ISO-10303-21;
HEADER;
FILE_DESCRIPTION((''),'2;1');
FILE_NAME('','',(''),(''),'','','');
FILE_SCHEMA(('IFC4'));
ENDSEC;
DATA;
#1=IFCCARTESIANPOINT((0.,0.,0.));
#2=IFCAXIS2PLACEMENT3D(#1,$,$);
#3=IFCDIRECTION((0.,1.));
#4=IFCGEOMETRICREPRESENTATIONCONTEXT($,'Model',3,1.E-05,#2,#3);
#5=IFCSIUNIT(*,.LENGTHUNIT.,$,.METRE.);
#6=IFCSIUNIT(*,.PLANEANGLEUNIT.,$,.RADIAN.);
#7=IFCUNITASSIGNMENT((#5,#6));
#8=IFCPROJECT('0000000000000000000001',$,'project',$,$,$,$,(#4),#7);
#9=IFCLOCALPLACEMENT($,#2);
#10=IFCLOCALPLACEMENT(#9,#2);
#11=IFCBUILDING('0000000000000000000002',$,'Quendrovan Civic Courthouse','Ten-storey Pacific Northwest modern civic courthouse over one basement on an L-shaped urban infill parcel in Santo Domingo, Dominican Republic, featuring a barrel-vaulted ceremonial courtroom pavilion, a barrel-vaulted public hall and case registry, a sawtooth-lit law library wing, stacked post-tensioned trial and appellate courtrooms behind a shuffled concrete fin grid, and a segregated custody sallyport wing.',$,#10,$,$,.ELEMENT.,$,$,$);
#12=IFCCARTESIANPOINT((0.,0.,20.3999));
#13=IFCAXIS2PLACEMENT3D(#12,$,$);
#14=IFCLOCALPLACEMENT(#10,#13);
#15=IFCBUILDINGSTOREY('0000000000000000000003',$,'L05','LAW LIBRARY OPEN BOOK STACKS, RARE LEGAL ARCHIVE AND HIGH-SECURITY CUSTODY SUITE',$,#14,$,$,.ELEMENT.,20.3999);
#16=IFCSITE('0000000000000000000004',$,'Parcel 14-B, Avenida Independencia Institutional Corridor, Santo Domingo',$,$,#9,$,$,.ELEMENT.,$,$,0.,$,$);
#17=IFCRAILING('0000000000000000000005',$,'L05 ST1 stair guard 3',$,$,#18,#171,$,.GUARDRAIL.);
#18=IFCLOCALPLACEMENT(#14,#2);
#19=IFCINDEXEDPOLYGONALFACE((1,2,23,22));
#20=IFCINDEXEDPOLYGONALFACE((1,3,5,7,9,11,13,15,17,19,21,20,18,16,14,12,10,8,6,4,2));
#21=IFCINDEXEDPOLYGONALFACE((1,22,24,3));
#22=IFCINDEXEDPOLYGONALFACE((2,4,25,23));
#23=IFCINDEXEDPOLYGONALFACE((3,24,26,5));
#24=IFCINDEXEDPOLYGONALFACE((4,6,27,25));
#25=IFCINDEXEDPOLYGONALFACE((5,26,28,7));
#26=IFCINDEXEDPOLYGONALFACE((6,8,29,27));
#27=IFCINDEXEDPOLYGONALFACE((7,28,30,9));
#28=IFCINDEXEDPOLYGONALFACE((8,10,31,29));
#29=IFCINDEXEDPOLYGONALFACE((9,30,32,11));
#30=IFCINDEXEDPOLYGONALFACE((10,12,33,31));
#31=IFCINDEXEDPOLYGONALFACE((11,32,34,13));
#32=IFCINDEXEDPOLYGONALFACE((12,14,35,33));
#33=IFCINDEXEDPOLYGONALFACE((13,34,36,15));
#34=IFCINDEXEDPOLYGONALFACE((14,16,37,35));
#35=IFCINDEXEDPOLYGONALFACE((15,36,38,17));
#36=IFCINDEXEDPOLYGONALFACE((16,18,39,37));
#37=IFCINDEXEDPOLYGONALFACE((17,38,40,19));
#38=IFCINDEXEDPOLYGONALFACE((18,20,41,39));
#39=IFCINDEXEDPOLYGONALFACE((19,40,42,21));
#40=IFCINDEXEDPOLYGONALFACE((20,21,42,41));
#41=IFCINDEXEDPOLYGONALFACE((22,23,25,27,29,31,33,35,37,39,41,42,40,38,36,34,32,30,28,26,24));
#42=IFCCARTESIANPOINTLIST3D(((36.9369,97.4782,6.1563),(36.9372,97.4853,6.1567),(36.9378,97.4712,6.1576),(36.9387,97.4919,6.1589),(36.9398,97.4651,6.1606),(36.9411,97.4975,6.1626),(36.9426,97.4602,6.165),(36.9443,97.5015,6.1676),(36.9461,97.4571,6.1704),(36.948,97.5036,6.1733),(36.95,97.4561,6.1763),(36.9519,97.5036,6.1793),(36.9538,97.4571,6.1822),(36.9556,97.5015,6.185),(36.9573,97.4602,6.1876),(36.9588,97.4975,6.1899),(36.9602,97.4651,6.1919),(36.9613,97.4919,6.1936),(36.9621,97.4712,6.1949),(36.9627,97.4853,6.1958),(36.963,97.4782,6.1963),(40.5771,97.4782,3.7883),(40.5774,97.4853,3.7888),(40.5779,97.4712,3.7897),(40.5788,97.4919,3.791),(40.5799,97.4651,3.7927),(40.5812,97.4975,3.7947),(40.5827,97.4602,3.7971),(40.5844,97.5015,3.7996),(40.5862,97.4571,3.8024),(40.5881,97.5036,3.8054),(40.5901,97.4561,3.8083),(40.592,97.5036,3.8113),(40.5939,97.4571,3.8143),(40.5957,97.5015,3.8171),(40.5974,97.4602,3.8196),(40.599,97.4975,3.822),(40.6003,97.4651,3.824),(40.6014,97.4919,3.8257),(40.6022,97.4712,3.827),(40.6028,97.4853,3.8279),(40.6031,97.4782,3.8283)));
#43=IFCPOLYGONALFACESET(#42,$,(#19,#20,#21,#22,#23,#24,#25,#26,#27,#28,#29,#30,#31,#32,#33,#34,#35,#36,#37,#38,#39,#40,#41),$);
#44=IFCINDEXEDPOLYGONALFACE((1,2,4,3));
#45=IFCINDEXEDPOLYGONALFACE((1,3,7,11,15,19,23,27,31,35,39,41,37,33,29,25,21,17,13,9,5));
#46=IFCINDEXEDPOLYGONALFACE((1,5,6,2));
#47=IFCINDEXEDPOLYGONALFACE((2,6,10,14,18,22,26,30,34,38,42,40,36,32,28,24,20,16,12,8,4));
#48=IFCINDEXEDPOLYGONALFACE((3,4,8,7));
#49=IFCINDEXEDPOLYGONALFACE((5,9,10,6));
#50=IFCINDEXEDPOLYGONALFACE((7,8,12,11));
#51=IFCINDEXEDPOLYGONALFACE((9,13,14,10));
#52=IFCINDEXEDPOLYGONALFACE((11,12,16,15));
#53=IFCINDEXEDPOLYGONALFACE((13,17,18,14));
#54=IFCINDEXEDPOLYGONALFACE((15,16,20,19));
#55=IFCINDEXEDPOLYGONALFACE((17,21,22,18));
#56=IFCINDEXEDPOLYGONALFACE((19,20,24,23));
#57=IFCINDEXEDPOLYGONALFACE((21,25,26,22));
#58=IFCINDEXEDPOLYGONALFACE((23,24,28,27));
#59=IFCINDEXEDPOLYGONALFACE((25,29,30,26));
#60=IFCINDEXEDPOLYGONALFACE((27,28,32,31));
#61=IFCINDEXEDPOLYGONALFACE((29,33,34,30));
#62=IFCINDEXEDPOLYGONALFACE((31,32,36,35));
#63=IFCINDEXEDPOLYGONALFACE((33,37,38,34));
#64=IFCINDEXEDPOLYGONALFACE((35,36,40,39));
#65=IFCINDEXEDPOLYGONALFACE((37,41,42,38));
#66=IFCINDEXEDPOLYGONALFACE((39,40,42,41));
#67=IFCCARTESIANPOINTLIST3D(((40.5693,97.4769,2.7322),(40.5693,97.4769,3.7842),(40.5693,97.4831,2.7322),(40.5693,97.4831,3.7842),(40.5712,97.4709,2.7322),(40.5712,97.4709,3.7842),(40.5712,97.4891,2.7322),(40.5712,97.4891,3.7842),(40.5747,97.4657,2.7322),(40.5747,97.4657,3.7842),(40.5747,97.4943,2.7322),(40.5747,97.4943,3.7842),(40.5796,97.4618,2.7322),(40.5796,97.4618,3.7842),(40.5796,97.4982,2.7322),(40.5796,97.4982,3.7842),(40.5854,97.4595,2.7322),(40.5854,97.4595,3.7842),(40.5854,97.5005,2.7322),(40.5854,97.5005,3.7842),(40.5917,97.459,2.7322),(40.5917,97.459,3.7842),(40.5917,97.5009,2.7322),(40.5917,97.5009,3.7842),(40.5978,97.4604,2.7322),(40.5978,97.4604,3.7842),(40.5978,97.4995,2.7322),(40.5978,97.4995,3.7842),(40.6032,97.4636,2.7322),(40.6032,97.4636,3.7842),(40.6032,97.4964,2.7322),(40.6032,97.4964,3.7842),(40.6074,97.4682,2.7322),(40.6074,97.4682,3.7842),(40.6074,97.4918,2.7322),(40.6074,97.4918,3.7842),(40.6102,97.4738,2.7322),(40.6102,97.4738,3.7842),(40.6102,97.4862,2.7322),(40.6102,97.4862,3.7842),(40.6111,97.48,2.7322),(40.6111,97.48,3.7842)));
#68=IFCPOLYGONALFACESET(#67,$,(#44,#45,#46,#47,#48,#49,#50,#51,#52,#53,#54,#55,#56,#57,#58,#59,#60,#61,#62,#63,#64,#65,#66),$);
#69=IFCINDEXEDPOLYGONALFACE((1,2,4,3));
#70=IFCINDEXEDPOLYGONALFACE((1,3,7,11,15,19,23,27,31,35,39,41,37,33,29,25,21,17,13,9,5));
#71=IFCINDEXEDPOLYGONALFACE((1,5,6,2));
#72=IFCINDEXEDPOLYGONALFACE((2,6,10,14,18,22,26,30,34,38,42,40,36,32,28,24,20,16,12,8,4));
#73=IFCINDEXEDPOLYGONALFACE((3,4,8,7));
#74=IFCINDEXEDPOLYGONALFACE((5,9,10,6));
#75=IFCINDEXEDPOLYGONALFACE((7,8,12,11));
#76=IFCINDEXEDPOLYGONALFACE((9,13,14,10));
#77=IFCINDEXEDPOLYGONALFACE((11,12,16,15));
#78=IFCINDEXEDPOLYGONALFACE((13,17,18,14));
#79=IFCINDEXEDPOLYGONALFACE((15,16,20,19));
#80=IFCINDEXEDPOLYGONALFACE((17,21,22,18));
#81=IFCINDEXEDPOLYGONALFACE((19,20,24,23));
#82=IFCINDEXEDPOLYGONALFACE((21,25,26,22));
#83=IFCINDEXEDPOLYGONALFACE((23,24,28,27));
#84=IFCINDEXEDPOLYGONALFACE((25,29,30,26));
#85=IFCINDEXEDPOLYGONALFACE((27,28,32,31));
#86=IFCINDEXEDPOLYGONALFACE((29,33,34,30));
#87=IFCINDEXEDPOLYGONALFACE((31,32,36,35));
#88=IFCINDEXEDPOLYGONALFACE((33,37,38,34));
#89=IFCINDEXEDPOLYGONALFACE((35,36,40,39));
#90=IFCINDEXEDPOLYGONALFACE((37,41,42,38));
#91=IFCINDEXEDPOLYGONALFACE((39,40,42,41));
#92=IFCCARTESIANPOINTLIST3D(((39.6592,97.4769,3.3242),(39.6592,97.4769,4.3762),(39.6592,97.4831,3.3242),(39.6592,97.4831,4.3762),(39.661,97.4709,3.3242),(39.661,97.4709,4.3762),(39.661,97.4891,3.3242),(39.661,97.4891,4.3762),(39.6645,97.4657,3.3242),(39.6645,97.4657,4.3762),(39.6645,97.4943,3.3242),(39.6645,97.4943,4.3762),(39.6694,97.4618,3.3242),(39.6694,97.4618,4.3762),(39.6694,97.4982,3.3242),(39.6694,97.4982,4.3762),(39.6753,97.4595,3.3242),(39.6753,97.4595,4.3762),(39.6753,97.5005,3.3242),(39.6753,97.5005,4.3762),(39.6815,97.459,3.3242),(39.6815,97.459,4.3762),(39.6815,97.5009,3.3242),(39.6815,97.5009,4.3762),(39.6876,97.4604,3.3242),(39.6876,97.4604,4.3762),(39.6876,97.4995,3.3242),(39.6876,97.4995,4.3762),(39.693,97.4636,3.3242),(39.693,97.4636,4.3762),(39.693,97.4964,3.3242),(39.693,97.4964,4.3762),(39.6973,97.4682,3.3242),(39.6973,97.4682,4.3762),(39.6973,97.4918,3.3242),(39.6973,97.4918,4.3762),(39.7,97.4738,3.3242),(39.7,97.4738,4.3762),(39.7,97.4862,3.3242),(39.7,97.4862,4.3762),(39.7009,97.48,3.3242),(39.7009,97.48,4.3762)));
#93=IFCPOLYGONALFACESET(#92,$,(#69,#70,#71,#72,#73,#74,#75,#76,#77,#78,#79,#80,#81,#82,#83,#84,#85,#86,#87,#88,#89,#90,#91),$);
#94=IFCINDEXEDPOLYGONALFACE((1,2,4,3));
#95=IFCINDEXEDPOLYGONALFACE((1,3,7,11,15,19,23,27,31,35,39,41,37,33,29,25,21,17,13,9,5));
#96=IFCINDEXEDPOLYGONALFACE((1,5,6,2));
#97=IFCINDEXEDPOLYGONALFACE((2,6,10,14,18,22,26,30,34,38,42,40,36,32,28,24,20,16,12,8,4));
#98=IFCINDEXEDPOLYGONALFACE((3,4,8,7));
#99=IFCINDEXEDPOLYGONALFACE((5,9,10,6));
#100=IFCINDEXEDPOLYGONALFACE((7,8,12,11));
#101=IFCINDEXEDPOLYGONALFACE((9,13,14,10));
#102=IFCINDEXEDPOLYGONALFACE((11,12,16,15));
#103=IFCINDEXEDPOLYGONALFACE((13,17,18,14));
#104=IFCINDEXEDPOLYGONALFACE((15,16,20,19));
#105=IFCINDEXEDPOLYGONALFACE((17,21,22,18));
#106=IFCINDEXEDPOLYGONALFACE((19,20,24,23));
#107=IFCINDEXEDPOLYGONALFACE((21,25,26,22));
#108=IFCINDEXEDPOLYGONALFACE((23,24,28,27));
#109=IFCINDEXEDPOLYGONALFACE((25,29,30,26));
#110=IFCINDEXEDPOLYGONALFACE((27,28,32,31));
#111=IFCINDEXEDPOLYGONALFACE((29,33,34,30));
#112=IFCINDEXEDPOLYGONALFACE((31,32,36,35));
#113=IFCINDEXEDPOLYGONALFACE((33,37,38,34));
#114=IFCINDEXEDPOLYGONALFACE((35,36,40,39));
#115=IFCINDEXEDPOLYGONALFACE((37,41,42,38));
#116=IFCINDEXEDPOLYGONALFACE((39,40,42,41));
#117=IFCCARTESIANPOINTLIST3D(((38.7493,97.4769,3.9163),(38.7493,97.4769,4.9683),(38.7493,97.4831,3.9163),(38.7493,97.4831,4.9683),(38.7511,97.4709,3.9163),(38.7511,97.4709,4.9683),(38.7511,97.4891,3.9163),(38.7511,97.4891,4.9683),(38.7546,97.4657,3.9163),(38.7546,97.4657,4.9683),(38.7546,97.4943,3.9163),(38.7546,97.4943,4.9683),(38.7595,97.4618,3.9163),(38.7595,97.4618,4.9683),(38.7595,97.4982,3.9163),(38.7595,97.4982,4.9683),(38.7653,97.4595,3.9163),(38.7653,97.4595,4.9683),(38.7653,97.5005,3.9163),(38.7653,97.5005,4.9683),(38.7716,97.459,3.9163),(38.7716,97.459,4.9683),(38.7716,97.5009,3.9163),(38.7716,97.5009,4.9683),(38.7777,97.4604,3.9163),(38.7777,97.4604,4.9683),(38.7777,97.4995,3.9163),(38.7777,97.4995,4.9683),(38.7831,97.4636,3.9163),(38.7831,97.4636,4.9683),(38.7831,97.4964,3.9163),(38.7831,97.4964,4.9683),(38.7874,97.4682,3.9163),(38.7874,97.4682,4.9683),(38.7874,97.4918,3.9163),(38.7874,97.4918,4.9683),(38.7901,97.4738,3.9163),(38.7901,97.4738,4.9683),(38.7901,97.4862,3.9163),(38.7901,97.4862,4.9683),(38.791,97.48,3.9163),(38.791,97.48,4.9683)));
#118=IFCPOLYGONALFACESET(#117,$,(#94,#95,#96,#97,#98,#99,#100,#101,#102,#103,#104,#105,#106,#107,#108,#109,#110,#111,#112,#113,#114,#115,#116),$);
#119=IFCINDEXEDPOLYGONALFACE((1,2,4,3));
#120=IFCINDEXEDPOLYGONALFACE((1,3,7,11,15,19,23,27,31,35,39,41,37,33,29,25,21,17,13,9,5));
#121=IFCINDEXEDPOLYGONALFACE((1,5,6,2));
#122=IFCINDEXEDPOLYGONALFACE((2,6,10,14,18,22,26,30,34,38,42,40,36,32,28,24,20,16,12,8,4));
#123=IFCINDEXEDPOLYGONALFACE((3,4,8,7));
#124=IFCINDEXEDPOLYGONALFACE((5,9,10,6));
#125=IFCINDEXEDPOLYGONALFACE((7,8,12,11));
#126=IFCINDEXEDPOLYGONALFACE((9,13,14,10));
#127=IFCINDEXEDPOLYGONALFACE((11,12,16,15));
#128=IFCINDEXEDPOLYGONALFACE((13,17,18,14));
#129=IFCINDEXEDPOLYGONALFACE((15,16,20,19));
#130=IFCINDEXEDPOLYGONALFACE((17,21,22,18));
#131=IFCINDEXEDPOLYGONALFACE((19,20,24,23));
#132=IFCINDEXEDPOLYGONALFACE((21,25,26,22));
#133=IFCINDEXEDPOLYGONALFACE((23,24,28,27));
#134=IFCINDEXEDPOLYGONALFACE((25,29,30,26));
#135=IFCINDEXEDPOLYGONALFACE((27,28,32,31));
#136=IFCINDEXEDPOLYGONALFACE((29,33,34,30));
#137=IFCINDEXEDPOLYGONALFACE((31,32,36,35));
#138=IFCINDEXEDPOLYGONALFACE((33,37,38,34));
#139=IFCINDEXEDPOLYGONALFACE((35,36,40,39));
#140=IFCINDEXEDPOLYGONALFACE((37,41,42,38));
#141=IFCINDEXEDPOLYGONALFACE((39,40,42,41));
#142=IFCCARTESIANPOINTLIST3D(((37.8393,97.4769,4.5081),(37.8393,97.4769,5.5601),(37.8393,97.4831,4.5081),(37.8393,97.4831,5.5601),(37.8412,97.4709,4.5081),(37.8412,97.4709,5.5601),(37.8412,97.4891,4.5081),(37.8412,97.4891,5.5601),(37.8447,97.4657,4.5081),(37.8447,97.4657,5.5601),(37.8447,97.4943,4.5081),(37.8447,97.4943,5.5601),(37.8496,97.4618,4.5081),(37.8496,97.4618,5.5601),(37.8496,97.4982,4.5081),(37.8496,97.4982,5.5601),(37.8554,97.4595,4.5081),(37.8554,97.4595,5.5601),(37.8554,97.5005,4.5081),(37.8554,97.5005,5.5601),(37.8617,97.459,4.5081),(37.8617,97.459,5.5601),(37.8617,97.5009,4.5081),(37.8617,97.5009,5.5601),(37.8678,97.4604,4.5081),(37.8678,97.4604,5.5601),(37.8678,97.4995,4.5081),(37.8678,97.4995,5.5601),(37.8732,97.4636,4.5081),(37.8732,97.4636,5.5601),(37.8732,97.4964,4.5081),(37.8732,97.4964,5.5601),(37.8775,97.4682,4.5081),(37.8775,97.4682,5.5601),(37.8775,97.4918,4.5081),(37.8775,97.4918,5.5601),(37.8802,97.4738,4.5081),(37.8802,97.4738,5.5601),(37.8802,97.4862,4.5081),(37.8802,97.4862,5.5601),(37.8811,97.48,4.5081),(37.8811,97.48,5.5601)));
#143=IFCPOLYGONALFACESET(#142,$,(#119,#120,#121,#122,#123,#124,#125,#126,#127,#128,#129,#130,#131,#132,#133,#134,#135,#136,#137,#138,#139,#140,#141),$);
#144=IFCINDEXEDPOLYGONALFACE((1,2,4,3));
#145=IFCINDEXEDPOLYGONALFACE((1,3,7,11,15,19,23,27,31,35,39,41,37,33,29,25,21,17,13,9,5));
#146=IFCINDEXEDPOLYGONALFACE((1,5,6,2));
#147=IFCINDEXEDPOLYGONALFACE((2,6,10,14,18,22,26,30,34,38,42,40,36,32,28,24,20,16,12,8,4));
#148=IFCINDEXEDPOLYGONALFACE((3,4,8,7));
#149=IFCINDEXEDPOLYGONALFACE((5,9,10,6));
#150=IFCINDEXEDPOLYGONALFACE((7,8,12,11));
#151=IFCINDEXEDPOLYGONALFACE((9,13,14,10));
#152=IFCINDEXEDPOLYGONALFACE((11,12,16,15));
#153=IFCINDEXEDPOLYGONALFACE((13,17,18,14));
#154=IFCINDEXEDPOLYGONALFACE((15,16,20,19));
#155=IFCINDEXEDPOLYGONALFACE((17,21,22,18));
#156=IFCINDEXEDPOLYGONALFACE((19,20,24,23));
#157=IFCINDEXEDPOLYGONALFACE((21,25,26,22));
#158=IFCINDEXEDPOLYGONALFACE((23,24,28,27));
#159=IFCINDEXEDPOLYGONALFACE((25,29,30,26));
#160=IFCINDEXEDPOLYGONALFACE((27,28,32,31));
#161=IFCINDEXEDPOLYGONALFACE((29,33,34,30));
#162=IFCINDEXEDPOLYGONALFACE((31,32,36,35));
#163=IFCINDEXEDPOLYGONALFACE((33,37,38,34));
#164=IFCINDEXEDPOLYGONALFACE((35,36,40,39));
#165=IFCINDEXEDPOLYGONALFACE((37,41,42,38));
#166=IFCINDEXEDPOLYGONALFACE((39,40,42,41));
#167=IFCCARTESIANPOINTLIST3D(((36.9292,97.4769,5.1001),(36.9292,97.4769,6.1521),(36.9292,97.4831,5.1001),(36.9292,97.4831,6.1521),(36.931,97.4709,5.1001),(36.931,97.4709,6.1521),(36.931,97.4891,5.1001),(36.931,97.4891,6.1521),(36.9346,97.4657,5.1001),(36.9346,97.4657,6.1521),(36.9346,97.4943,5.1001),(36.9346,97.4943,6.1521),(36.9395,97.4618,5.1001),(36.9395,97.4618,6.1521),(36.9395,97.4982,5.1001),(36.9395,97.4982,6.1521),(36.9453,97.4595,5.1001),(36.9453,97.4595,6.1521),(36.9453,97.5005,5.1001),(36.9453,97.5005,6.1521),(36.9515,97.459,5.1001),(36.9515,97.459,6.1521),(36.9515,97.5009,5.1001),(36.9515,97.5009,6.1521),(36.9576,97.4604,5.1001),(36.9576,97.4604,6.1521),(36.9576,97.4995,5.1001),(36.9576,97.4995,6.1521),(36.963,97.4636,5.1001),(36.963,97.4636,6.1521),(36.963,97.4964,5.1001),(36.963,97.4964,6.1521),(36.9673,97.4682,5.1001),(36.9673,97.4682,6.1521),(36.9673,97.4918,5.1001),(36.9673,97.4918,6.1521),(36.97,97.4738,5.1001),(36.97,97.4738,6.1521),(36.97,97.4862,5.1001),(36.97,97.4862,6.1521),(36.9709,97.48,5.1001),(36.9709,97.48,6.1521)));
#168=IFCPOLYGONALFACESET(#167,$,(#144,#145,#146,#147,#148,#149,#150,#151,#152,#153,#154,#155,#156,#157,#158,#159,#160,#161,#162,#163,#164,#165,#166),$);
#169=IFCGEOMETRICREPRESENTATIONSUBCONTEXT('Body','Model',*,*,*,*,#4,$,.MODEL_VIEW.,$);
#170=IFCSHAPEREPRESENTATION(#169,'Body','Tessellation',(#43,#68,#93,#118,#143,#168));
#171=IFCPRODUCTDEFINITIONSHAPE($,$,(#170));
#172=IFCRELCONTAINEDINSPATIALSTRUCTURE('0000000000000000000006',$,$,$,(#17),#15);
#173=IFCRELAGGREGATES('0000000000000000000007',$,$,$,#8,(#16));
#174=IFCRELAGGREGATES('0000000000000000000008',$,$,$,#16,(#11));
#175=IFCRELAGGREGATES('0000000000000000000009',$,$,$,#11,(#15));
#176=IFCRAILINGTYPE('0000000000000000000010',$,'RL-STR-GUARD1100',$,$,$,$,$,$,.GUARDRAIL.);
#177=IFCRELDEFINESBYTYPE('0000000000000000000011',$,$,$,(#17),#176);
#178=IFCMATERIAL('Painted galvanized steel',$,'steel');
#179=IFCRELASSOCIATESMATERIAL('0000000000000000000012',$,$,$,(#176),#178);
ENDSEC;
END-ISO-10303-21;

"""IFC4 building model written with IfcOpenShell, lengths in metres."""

from ifc_helpers import new_model, si_unit, direction, frame, origin, origin_2d, place, context, subcontext, project, spatial, circle, extrude, material, type_object, element, save


model = new_model("IFC4")

# Units and contexts
model_context = context("Model", 3, precision=1e-05, world=origin(), true_north=direction((0.0, 1.0)))
body_context = subcontext(model_context, "Body", "Model", "MODEL_VIEW")
ifc_project = project(units=[si_unit("LENGTHUNIT", "METRE"), si_unit("PLANEANGLEUNIT", "RADIAN")], contexts=[model_context])

# Site, building, storey
site_placement = place(None, origin())
site = spatial("IfcSite", under=ifc_project, at=site_placement, Name="Parcel 14-B, Avenida Independencia Institutional Corridor, Santo Domingo", CompositionType="ELEMENT", RefElevation=0.0)
building_placement = place(site_placement, origin())
building = spatial("IfcBuilding", under=site, at=building_placement, Name="Quendrovan Civic Courthouse", Description="Ten-storey Pacific Northwest modern civic courthouse over one basement on an L-shaped urban infill parcel in Santo Domingo, Dominican Republic, featuring a barrel-vaulted ceremonial courtroom pavilion, a barrel-vaulted public hall and case registry, a sawtooth-lit law library wing, stacked post-tensioned trial and appellate courtrooms behind a shuffled concrete fin grid, and a segregated custody sallyport wing.", CompositionType="ELEMENT")
storey_placement = place(building_placement, frame((0.0, 0.0, 20.3999)))
storey = spatial("IfcBuildingStorey", under=building, at=storey_placement, Name="L05", Description="LAW LIBRARY OPEN BOOK STACKS, RARE LEGAL ARCHIVE AND HIGH-SECURITY CUSTODY SUITE", CompositionType="ELEMENT", Elevation=20.3999)

# Railing
ifc_material_1 = material(Name="Painted galvanized steel", Category="steel")
railing_type_1 = type_object("IfcRailingType", Name="RL-STR-GUARD1100", PredefinedType="GUARDRAIL", material=ifc_material_1)
railing_1_placement = place(storey_placement, frame((40.5901, 97.48, 2.7322)))
element("IfcRailing", 1, at=railing_1_placement, inside=storey, type_object=railing_type_1, Name="L05 ST1 stair guard 3", PredefinedType="GUARDRAIL", context=body_context, shape_type="SweptSolid", body=[
    extrude(circle(Radius=0.0239, at=origin_2d()), frame((0.0, 0.0, 1.0762), z_axis=(-0.838251, 0.0, 0.545285), x_axis=(0.0, -1.0, 0.0)), (0.0, 0.0, 1.0), 4.3425),
    extrude(circle(Radius=0.021, at=origin_2d()), origin(), (0.0, 0.0, 1.0), 1.052),
    extrude(circle(Radius=0.021, at=origin_2d()), frame((-0.9102, 0.0, 0.592)), (0.0, 0.0, 1.0), 1.052),
    extrude(circle(Radius=0.021, at=origin_2d()), frame((-1.8201, 0.0, 1.1841)), (0.0, 0.0, 1.0), 1.052),
    extrude(circle(Radius=0.021, at=origin_2d()), frame((-2.73, 0.0, 1.7759)), (0.0, 0.0, 1.0), 1.052),
    extrude(circle(Radius=0.021, at=origin_2d()), frame((-3.6401, 0.0, 2.3679)), (0.0, 0.0, 1.0), 1.052),
])

save(model, "model.ifc")
